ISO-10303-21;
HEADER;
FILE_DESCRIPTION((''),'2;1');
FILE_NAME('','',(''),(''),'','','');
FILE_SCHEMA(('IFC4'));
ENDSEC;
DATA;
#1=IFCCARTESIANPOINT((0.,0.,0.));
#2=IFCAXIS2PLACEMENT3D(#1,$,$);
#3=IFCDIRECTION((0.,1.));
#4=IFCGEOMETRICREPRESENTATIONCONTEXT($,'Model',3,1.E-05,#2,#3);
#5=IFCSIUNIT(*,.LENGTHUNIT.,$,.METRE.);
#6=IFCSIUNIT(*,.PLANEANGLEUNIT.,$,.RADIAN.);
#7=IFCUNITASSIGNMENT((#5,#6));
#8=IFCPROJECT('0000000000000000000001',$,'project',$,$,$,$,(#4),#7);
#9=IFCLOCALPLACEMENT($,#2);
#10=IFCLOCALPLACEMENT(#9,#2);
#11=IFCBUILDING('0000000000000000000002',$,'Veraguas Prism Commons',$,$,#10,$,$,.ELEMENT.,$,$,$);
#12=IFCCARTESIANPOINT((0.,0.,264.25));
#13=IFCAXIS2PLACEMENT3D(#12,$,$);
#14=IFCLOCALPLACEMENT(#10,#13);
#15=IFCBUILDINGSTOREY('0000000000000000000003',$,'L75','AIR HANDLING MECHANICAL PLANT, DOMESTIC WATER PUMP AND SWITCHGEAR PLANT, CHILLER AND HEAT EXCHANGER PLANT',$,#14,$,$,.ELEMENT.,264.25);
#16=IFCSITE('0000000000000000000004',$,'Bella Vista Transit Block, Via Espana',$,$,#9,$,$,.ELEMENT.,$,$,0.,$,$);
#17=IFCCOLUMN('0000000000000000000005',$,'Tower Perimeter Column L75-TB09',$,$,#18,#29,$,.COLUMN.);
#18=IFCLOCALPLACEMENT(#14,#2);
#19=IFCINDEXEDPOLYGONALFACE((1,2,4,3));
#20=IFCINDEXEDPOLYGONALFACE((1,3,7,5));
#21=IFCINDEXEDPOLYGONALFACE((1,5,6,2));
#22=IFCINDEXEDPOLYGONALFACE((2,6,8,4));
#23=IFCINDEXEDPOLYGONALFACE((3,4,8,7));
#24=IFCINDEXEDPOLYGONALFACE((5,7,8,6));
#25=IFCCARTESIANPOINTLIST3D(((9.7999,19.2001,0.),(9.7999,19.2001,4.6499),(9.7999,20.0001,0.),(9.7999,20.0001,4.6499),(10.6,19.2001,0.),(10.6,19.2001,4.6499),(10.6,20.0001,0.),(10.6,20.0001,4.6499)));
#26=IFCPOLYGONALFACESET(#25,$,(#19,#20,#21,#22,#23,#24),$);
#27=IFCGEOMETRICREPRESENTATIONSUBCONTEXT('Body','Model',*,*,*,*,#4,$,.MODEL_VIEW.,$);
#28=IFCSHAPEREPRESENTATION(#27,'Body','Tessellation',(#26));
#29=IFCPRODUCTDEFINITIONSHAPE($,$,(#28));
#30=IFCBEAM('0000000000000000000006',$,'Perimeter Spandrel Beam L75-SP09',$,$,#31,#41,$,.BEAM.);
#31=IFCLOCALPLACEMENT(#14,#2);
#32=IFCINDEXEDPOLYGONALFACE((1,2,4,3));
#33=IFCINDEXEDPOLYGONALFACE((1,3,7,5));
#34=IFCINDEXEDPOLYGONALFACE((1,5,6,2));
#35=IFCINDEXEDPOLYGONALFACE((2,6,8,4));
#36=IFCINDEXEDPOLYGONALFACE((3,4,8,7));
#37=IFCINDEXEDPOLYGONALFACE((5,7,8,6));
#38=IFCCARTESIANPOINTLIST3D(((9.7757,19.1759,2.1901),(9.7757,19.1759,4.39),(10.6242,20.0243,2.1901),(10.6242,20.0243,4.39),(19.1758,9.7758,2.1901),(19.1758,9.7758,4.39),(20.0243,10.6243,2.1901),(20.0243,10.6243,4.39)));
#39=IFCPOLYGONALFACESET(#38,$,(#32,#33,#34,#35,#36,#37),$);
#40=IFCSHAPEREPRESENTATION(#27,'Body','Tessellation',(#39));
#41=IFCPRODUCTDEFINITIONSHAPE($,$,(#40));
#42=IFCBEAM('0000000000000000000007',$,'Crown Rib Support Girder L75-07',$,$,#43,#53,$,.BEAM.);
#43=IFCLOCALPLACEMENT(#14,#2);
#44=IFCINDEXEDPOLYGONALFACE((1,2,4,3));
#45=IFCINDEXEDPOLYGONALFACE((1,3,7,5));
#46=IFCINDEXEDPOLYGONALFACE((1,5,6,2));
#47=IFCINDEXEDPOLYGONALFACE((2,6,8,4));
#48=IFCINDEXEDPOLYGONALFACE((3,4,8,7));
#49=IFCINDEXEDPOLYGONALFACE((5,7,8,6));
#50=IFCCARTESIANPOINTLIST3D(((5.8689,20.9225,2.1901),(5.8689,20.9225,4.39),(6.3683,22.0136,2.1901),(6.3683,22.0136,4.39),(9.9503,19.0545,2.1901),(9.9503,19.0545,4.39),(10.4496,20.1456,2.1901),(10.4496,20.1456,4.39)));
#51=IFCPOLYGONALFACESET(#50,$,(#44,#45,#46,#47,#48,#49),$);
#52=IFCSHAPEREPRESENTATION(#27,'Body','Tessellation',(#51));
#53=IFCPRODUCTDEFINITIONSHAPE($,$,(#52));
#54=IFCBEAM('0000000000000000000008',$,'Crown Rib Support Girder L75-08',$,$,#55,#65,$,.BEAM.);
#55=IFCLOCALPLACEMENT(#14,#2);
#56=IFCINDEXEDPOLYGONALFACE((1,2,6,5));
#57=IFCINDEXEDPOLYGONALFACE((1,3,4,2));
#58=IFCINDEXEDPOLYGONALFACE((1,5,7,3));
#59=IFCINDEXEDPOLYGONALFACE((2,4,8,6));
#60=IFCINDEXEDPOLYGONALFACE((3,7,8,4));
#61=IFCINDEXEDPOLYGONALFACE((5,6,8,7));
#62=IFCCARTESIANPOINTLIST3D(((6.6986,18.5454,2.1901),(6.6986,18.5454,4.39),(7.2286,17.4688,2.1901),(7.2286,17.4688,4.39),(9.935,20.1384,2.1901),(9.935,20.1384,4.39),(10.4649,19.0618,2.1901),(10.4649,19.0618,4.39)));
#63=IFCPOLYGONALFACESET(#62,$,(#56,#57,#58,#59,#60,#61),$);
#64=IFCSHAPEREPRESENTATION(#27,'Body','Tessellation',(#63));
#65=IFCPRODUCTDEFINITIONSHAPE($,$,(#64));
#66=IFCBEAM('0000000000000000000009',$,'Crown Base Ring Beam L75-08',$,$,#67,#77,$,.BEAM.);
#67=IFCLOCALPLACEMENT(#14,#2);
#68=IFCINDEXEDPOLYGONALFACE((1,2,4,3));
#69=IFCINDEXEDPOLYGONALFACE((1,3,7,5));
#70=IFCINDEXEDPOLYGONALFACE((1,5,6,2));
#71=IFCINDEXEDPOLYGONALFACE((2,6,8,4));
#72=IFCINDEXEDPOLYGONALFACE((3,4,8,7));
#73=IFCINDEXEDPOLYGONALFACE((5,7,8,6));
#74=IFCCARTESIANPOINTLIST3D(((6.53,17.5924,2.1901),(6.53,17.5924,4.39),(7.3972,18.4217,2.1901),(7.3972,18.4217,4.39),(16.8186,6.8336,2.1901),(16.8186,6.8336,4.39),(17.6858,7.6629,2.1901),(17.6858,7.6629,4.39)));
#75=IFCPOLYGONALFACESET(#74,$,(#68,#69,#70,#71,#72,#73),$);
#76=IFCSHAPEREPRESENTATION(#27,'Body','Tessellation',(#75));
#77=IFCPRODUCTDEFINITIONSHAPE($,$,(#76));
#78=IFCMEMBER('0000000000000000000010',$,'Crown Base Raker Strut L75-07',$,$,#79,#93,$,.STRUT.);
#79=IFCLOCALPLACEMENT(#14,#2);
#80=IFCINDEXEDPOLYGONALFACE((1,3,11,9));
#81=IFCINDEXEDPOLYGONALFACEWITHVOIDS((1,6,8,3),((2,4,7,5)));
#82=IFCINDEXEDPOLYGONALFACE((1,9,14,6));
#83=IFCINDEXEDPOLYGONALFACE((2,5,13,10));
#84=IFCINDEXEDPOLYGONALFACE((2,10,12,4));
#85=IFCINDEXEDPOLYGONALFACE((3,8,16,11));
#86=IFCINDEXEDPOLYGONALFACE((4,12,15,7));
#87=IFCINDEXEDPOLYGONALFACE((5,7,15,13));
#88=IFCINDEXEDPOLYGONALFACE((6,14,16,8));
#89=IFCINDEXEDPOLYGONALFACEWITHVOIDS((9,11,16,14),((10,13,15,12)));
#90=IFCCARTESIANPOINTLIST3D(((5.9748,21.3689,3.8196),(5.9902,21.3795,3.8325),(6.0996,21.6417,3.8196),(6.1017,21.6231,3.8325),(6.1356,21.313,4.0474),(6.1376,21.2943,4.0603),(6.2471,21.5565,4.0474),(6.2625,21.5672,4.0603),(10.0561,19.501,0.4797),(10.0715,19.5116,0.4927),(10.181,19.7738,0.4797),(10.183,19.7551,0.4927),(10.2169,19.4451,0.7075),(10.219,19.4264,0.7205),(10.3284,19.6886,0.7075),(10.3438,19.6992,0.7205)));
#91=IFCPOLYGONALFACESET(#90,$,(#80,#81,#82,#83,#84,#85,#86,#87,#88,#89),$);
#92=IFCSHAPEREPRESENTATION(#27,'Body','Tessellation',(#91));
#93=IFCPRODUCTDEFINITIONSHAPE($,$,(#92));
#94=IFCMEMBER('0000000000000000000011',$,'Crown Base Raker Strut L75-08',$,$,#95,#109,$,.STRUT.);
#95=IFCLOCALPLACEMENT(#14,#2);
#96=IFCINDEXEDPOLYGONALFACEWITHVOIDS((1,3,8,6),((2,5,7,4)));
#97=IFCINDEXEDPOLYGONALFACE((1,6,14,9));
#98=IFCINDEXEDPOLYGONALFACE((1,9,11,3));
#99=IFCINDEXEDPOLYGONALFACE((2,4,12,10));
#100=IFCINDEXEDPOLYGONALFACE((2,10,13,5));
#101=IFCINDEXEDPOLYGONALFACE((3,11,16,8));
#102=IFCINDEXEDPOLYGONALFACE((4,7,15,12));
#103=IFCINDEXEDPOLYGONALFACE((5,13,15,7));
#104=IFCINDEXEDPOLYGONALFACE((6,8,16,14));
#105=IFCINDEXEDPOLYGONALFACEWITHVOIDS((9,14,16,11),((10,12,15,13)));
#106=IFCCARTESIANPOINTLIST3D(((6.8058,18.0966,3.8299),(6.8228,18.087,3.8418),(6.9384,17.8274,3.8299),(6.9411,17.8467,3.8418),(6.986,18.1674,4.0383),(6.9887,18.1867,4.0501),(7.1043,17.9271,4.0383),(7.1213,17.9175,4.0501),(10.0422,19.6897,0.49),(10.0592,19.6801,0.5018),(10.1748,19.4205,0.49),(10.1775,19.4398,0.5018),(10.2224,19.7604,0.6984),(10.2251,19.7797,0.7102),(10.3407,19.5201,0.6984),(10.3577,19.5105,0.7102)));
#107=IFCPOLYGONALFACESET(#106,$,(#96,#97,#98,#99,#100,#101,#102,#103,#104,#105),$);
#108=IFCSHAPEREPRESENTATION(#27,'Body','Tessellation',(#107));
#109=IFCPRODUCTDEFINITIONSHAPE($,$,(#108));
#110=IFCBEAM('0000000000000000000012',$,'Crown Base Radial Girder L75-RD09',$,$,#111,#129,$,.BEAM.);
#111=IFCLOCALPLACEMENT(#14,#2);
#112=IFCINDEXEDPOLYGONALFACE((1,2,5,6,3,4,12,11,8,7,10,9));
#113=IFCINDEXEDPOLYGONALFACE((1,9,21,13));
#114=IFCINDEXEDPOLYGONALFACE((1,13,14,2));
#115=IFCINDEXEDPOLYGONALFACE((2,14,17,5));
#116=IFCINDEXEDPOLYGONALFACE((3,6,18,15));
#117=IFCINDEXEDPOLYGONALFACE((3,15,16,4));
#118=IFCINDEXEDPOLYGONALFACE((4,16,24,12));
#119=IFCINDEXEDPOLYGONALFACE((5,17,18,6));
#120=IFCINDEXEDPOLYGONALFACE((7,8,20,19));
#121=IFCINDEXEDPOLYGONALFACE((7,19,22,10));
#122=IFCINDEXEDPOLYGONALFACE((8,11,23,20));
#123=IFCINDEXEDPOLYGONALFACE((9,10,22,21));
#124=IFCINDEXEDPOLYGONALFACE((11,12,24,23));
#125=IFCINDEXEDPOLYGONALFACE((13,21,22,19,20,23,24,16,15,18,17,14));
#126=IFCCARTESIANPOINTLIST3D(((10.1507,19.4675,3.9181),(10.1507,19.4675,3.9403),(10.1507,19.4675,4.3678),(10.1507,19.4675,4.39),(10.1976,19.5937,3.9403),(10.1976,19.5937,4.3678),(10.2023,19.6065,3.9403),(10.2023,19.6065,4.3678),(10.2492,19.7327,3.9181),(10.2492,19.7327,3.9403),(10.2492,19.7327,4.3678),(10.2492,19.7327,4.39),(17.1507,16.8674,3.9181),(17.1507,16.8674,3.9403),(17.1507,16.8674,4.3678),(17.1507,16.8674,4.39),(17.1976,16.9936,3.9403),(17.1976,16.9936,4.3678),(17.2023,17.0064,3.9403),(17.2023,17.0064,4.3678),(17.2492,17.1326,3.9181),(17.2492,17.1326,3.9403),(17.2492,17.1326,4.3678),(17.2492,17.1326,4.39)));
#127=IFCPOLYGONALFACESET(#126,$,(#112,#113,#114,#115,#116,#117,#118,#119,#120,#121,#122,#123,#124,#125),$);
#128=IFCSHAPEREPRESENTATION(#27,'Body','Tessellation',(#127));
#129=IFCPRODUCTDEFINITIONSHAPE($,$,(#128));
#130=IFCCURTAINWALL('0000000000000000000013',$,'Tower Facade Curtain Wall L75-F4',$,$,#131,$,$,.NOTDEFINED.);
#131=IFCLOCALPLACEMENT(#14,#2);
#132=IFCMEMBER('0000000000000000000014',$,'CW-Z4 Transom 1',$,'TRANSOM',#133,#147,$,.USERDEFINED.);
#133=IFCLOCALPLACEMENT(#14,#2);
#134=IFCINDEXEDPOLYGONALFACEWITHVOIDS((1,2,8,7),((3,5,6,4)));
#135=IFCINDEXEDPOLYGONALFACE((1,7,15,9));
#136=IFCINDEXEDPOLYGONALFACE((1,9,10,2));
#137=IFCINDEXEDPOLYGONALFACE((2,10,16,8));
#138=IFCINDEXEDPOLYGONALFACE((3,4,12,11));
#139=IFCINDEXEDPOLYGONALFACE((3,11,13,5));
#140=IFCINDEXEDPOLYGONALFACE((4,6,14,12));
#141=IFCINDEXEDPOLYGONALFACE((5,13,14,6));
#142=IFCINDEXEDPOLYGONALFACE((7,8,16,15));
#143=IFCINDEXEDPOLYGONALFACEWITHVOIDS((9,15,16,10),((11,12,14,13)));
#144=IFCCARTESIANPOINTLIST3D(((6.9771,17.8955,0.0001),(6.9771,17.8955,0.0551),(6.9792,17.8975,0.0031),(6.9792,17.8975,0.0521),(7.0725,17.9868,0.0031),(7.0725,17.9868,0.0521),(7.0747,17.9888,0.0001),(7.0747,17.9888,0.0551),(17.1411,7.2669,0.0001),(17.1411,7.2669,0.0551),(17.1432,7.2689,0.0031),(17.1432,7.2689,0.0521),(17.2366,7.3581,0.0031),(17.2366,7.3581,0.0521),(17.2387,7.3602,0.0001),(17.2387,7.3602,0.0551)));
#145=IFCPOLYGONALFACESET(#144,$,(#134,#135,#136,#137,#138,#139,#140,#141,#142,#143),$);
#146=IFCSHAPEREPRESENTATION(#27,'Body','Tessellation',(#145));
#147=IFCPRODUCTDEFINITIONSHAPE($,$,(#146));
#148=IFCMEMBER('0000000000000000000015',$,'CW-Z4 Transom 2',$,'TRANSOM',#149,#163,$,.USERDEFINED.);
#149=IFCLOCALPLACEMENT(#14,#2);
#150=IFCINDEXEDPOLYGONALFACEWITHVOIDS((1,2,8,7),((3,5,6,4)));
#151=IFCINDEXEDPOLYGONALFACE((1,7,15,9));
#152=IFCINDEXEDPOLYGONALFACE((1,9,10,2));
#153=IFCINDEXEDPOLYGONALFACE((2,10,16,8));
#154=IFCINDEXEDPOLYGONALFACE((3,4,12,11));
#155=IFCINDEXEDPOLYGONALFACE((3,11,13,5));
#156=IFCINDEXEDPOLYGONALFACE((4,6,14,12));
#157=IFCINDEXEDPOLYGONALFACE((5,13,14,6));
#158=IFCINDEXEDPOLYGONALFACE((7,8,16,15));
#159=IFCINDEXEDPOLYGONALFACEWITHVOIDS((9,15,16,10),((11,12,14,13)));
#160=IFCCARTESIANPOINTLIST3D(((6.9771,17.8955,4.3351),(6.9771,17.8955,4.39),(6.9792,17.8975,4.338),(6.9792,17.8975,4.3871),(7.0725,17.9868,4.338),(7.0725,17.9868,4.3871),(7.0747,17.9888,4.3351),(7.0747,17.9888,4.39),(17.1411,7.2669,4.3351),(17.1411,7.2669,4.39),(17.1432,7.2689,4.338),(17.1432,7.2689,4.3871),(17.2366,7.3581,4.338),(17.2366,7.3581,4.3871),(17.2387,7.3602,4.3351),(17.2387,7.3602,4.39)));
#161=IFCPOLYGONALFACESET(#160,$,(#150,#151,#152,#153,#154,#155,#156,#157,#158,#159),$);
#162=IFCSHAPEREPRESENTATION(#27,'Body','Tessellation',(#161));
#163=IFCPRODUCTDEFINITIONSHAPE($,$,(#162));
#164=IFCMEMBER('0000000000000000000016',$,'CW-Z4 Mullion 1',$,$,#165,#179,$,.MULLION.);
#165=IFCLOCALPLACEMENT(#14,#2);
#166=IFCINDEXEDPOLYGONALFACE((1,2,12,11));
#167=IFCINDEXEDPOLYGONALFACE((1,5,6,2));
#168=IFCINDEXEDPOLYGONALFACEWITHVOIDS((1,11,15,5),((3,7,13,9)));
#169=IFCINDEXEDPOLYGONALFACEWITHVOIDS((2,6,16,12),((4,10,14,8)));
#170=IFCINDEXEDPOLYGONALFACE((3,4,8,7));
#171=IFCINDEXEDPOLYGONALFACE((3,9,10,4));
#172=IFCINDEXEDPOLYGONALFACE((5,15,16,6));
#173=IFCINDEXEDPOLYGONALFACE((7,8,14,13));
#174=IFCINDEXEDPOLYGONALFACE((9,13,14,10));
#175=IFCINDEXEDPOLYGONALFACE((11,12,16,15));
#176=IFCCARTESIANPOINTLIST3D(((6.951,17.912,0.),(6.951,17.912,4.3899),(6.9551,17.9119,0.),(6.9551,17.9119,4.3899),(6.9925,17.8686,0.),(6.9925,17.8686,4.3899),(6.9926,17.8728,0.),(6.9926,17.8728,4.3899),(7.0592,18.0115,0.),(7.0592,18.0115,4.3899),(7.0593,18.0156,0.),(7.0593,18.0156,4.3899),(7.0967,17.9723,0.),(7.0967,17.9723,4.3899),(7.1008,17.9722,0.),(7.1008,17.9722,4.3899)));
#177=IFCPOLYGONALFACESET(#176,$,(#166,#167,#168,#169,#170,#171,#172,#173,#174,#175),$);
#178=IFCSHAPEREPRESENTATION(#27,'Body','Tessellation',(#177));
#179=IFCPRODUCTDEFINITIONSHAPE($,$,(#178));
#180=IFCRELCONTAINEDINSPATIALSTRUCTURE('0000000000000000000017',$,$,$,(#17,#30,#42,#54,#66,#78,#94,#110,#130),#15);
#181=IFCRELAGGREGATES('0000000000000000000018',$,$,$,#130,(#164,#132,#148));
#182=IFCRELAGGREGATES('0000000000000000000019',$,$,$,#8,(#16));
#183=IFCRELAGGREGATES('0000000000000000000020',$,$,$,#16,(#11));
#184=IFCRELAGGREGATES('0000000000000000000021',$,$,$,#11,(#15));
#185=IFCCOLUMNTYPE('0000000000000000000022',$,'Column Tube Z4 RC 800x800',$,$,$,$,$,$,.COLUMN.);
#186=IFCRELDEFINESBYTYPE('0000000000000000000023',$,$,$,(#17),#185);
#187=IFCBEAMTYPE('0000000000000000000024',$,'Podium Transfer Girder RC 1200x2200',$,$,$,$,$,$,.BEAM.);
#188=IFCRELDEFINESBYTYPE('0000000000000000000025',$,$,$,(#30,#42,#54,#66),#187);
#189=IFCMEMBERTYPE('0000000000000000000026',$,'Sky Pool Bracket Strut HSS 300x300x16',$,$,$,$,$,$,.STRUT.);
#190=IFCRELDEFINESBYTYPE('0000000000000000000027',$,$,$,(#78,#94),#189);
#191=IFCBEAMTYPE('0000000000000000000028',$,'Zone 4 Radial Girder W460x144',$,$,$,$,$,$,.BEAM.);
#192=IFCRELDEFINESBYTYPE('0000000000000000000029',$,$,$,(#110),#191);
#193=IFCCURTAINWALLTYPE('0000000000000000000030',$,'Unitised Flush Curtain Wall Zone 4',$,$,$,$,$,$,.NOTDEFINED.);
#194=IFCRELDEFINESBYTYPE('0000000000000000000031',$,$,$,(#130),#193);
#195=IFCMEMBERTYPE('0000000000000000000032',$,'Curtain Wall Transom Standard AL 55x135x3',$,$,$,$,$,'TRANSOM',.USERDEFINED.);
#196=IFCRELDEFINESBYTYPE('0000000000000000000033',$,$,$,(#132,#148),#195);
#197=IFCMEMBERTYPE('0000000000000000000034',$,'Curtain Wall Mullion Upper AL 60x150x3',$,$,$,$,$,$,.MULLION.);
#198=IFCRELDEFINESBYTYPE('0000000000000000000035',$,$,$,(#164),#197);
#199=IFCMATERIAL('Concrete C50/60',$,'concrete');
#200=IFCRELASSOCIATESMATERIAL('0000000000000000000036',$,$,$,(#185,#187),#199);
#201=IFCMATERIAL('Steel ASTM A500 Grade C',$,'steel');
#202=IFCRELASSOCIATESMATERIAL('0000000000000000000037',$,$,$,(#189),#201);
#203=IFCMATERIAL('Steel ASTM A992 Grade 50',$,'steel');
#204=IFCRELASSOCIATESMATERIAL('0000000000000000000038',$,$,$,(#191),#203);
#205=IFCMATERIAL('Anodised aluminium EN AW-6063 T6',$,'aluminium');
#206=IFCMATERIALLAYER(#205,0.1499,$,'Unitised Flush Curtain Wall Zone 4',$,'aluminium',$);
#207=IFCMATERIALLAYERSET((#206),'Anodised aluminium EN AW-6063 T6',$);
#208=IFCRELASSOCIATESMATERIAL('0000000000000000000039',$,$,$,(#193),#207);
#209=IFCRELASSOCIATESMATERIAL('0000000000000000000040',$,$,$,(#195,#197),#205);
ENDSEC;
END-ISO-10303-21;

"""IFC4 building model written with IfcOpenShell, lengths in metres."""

from ifc_helpers import new_model, si_unit, direction, frame, origin, origin_2d, place, context, subcontext, project, spatial, rectangle, hollow_rectangle, i_section, extrude, source, transform, mapped, material, layer, layer_set, material_profile, profile_set, type_object, element, aggregate, save


model = new_model("IFC4")

# Units and contexts
model_context = context("Model", 3, precision=1e-05, world=origin(), true_north=direction((0.0, 1.0)))
body_context = subcontext(model_context, "Body", "Model", "MODEL_VIEW")
ifc_project = project(units=[si_unit("LENGTHUNIT", "METRE"), si_unit("PLANEANGLEUNIT", "RADIAN")], contexts=[model_context])

# Site, building, storey
site_placement = place(None, origin())
site = spatial("IfcSite", under=ifc_project, at=site_placement, Name="Bella Vista Transit Block, Via Espana", CompositionType="ELEMENT", RefElevation=0.0)
building_placement = place(site_placement, origin())
building = spatial("IfcBuilding", under=site, at=building_placement, Name="Veraguas Prism Commons", CompositionType="ELEMENT")
storey_placement = place(building_placement, frame((0.0, 0.0, 264.25)))
storey = spatial("IfcBuildingStorey", under=building, at=storey_placement, Name="L75", Description="AIR HANDLING MECHANICAL PLANT, DOMESTIC WATER PUMP AND SWITCHGEAR PLANT, CHILLER AND HEAT EXCHANGER PLANT", CompositionType="ELEMENT", Elevation=264.25)

# Column
ifc_material_1 = material(Name="Concrete C50/60", Category="concrete")
ifc_material_profile_1 = material_profile(ifc_material_1, rectangle(XDim=0.8, YDim=0.8, at=origin_2d()), Name="RC800X800")
ifc_profile_set_1 = profile_set([ifc_material_profile_1], Name="Concrete C50/60")
column_type = type_object("IfcColumnType", Name="Column Tube Z4 RC 800x800", PredefinedType="COLUMN", material=ifc_profile_set_1)
column_placement = place(storey_placement, frame((10.2, 19.6001, 0.0), z_axis=(0.0, 0.0, 1.0), x_axis=(1.0, 0.0, 0.0)))
element("IfcColumn", 1, at=column_placement, inside=storey, type_object=column_type, Name="Tower Perimeter Column L75-TB09", PredefinedType="COLUMN", context=body_context, shape_type="SweptSolid", body=[
    extrude(rectangle(XDim=0.8, YDim=0.8, at=origin_2d()), origin(), (0.0, 0.0, 1.0), 4.6499),
])

# Beams
ifc_material_profile_2 = material_profile(ifc_material_1, rectangle(XDim=1.2, YDim=2.2, at=origin_2d()), Name="RC1200X2200")
ifc_profile_set_2 = profile_set([ifc_material_profile_2], Name="Concrete C50/60")
beam_type_1 = type_object("IfcBeamType", Name="Podium Transfer Girder RC 1200x2200", PredefinedType="BEAM", material=ifc_profile_set_2)
beam_1_placement = place(storey_placement, frame((10.2, 19.6001, 3.29), z_axis=(0.707107, -0.707107, 0.0), x_axis=(0.707107, 0.707107, 0.0)))
element("IfcBeam", 2, at=beam_1_placement, inside=storey, type_object=beam_type_1, Name="Perimeter Spandrel Beam L75-SP09", PredefinedType="BEAM", context=body_context, shape_type="SweptSolid", body=[
    extrude(rectangle(XDim=1.2, YDim=2.2, at=origin_2d()), origin(), (0.0, 0.0, 1.0), 13.2937),
])
beam_2_placement = place(storey_placement, frame((10.2, 19.6001, 3.29), z_axis=(-0.90929, 0.416162, 0.0), x_axis=(-0.416162, -0.90929, 0.0)))
element("IfcBeam", 3, at=beam_2_placement, inside=storey, type_object=beam_type_1, Name="Crown Rib Support Girder L75-07", PredefinedType="BEAM", context=body_context, shape_type="SweptSolid", body=[
    extrude(rectangle(XDim=1.2, YDim=2.2, at=origin_2d()), origin(), (0.0, 0.0, 1.0), 4.4885),
])
beam_3_placement = place(storey_placement, frame((10.2, 19.6001, 3.29), z_axis=(-0.897198, -0.441628, 0.0), x_axis=(0.441628, -0.897198, 0.0)))
element("IfcBeam", 4, at=beam_3_placement, inside=storey, type_object=beam_type_1, Name="Crown Rib Support Girder L75-08", PredefinedType="BEAM", context=body_context, shape_type="SweptSolid", body=[
    extrude(rectangle(XDim=1.2, YDim=2.2, at=origin_2d()), origin(), (0.0, 0.0, 1.0), 3.6072),
])
beam_4_placement = place(storey_placement, frame((6.9636, 18.0071, 3.29), z_axis=(0.691137, -0.722724, 0.0), x_axis=(0.722724, 0.691137, 0.0)))
element("IfcBeam", 5, at=beam_4_placement, inside=storey, type_object=beam_type_1, Name="Crown Base Ring Beam L75-08", PredefinedType="BEAM", context=body_context, shape_type="SweptSolid", body=[
    extrude(rectangle(XDim=1.2, YDim=2.2, at=origin_2d()), origin(), (0.0, 0.0, 1.0), 14.8865),
])

# Members
ifc_material_2 = material(Name="Steel ASTM A500 Grade C", Category="steel")
ifc_material_profile_3 = material_profile(ifc_material_2, hollow_rectangle(XDim=0.3, YDim=0.3, WallThickness=0.0161, at=origin_2d()), Name="HSS300X300X16")
ifc_profile_set_3 = profile_set([ifc_material_profile_3], Name="Steel ASTM A500 Grade C")
member_type_1 = type_object("IfcMemberType", Name="Sky Pool Bracket Strut HSS 300x300x16", PredefinedType="STRUT", material=ifc_profile_set_3)
member_1_placement = place(storey_placement, frame((10.2, 19.6001, 0.6001), z_axis=(-0.729494, 0.333873, 0.596966), x_axis=(-0.416162, -0.90929, 0.0)))
element("IfcMember", 6, at=member_1_placement, inside=storey, type_object=member_type_1, Name="Crown Base Raker Strut L75-07", PredefinedType="STRUT", context=body_context, shape_type="SweptSolid", body=[
    extrude(hollow_rectangle(XDim=0.3, YDim=0.3, WallThickness=0.0161, at=origin_2d()), origin(), (0.0, 0.0, 1.0), 5.5947),
])
member_2_placement = place(storey_placement, frame((10.2, 19.6001, 0.6001), z_axis=(-0.658339, -0.324054, 0.679396), x_axis=(0.441628, -0.897198, 0.0)))
element("IfcMember", 7, at=member_2_placement, inside=storey, type_object=member_type_1, Name="Crown Base Raker Strut L75-08", PredefinedType="STRUT", context=body_context, shape_type="SweptSolid", body=[
    extrude(hollow_rectangle(XDim=0.3, YDim=0.3, WallThickness=0.0161, at=origin_2d()), origin(), (0.0, 0.0, 1.0), 4.916),
])

# Beam
ifc_material_3 = material(Name="Steel ASTM A992 Grade 50", Category="steel")
ifc_material_profile_4 = material_profile(ifc_material_3, i_section(OverallWidth=0.283, OverallDepth=0.4719, WebThickness=0.0137, FlangeThickness=0.0222, at=origin_2d()), Name="W460X144")
ifc_profile_set_4 = profile_set([ifc_material_profile_4], Name="Steel ASTM A992 Grade 50")
beam_type_2 = type_object("IfcBeamType", Name="Zone 4 Radial Girder W460x144", PredefinedType="BEAM", material=ifc_profile_set_4)
beam_5_placement = place(storey_placement, frame((10.2, 19.6001, 4.1541), z_axis=(0.937421, -0.348198, 0.0), x_axis=(0.348198, 0.937421, 0.0)))
element("IfcBeam", 8, at=beam_5_placement, inside=storey, type_object=beam_type_2, Name="Crown Base Radial Girder L75-RD09", PredefinedType="BEAM", context=body_context, shape_type="SweptSolid", body=[
    extrude(i_section(OverallWidth=0.283, OverallDepth=0.4719, WebThickness=0.0137, FlangeThickness=0.0222, at=origin_2d()), origin(), (0.0, 0.0, 1.0), 7.4673),
])

# Curtain wall, members
ifc_material_4 = material(Name="Anodised aluminium EN AW-6063 T6", Category="aluminium")
ifc_layer_1 = layer(ifc_material_4, 0.1499, Name="Unitised Flush Curtain Wall Zone 4", Category="aluminium")
ifc_layer_set_1 = layer_set([ifc_layer_1], Name="Anodised aluminium EN AW-6063 T6")
curtain_wall_type = type_object("IfcCurtainWallType", Name="Unitised Flush Curtain Wall Zone 4", PredefinedType="NOTDEFINED", material=ifc_layer_set_1)
curtain_wall_1_placement = place(storey_placement, origin())
curtain_wall_1 = element("IfcCurtainWall", 9, at=curtain_wall_1_placement, inside=storey, type_object=curtain_wall_type, Name="Tower Facade Curtain Wall L75-F4", PredefinedType="NOTDEFINED")
ifc_material_profile_5 = material_profile(ifc_material_4, hollow_rectangle(XDim=0.0549, YDim=0.135, WallThickness=0.0029, at=origin_2d()), Name="AL55X135X3")
ifc_profile_set_5 = profile_set([ifc_material_profile_5], Name="Anodised aluminium EN AW-6063 T6")
member_type_2 = type_object("IfcMemberType", Name="Curtain Wall Transom Standard AL 55x135x3", ElementType="TRANSOM", PredefinedType="USERDEFINED", material=ifc_profile_set_5)
shared_shape_1 = source(origin(), body_context, "Body", "SweptSolid", [
    extrude(hollow_rectangle(XDim=0.0549, YDim=0.135, WallThickness=0.0029, at=origin_2d()), origin(), (0.0, 0.0, 1.0), 14.7063),
])
member_3_placement = place(storey_placement, frame((7.0259, 17.9421, 0.0276), z_axis=(0.691134, -0.722726, 0.0), x_axis=(0.0, 0.0, 1.0)))
member_3 = element("IfcMember", 10, at=member_3_placement, type_object=member_type_2, Name="CW-Z4 Transom 1", ObjectType="TRANSOM", PredefinedType="USERDEFINED", context=body_context, shape_type="MappedRepresentation", body=[
    mapped(shared_shape_1, transform((0.0, 0.0, 0.0), scale=1.0)),
])
member_4_placement = place(storey_placement, frame((7.0259, 17.9421, 4.3625), z_axis=(0.691134, -0.722726, 0.0), x_axis=(0.0, 0.0, 1.0)))
member_4 = element("IfcMember", 11, at=member_4_placement, type_object=member_type_2, Name="CW-Z4 Transom 2", ObjectType="TRANSOM", PredefinedType="USERDEFINED", context=body_context, shape_type="MappedRepresentation", body=[
    mapped(shared_shape_1, transform((0.0, 0.0, 0.0), scale=1.0)),
])
ifc_material_profile_6 = material_profile(ifc_material_4, hollow_rectangle(XDim=0.0601, YDim=0.1499, WallThickness=0.0029, at=origin_2d()), Name="AL60X150X3")
ifc_profile_set_6 = profile_set([ifc_material_profile_6], Name="Anodised aluminium EN AW-6063 T6")
member_type_3 = type_object("IfcMemberType", Name="Curtain Wall Mullion Upper AL 60x150x3", PredefinedType="MULLION", material=ifc_profile_set_6)
shared_shape_2 = source(origin(), body_context, "Body", "SweptSolid", [
    extrude(hollow_rectangle(XDim=0.0601, YDim=0.1499, WallThickness=0.0029, at=origin_2d()), origin(), (0.0, 0.0, 1.0), 4.3899),
])
member_5_placement = place(storey_placement, frame((7.0259, 17.9421, 0.0), z_axis=(0.0, 0.0, 1.0), x_axis=(0.691135, -0.722726, 0.0)))
member_5 = element("IfcMember", 12, at=member_5_placement, type_object=member_type_3, Name="CW-Z4 Mullion 1", PredefinedType="MULLION", context=body_context, shape_type="MappedRepresentation", body=[
    mapped(shared_shape_2, transform((0.0, 0.0, 0.0), scale=1.0)),
])

aggregate(curtain_wall_1, [member_5, member_3, member_4])

save(model, "model.ifc")
